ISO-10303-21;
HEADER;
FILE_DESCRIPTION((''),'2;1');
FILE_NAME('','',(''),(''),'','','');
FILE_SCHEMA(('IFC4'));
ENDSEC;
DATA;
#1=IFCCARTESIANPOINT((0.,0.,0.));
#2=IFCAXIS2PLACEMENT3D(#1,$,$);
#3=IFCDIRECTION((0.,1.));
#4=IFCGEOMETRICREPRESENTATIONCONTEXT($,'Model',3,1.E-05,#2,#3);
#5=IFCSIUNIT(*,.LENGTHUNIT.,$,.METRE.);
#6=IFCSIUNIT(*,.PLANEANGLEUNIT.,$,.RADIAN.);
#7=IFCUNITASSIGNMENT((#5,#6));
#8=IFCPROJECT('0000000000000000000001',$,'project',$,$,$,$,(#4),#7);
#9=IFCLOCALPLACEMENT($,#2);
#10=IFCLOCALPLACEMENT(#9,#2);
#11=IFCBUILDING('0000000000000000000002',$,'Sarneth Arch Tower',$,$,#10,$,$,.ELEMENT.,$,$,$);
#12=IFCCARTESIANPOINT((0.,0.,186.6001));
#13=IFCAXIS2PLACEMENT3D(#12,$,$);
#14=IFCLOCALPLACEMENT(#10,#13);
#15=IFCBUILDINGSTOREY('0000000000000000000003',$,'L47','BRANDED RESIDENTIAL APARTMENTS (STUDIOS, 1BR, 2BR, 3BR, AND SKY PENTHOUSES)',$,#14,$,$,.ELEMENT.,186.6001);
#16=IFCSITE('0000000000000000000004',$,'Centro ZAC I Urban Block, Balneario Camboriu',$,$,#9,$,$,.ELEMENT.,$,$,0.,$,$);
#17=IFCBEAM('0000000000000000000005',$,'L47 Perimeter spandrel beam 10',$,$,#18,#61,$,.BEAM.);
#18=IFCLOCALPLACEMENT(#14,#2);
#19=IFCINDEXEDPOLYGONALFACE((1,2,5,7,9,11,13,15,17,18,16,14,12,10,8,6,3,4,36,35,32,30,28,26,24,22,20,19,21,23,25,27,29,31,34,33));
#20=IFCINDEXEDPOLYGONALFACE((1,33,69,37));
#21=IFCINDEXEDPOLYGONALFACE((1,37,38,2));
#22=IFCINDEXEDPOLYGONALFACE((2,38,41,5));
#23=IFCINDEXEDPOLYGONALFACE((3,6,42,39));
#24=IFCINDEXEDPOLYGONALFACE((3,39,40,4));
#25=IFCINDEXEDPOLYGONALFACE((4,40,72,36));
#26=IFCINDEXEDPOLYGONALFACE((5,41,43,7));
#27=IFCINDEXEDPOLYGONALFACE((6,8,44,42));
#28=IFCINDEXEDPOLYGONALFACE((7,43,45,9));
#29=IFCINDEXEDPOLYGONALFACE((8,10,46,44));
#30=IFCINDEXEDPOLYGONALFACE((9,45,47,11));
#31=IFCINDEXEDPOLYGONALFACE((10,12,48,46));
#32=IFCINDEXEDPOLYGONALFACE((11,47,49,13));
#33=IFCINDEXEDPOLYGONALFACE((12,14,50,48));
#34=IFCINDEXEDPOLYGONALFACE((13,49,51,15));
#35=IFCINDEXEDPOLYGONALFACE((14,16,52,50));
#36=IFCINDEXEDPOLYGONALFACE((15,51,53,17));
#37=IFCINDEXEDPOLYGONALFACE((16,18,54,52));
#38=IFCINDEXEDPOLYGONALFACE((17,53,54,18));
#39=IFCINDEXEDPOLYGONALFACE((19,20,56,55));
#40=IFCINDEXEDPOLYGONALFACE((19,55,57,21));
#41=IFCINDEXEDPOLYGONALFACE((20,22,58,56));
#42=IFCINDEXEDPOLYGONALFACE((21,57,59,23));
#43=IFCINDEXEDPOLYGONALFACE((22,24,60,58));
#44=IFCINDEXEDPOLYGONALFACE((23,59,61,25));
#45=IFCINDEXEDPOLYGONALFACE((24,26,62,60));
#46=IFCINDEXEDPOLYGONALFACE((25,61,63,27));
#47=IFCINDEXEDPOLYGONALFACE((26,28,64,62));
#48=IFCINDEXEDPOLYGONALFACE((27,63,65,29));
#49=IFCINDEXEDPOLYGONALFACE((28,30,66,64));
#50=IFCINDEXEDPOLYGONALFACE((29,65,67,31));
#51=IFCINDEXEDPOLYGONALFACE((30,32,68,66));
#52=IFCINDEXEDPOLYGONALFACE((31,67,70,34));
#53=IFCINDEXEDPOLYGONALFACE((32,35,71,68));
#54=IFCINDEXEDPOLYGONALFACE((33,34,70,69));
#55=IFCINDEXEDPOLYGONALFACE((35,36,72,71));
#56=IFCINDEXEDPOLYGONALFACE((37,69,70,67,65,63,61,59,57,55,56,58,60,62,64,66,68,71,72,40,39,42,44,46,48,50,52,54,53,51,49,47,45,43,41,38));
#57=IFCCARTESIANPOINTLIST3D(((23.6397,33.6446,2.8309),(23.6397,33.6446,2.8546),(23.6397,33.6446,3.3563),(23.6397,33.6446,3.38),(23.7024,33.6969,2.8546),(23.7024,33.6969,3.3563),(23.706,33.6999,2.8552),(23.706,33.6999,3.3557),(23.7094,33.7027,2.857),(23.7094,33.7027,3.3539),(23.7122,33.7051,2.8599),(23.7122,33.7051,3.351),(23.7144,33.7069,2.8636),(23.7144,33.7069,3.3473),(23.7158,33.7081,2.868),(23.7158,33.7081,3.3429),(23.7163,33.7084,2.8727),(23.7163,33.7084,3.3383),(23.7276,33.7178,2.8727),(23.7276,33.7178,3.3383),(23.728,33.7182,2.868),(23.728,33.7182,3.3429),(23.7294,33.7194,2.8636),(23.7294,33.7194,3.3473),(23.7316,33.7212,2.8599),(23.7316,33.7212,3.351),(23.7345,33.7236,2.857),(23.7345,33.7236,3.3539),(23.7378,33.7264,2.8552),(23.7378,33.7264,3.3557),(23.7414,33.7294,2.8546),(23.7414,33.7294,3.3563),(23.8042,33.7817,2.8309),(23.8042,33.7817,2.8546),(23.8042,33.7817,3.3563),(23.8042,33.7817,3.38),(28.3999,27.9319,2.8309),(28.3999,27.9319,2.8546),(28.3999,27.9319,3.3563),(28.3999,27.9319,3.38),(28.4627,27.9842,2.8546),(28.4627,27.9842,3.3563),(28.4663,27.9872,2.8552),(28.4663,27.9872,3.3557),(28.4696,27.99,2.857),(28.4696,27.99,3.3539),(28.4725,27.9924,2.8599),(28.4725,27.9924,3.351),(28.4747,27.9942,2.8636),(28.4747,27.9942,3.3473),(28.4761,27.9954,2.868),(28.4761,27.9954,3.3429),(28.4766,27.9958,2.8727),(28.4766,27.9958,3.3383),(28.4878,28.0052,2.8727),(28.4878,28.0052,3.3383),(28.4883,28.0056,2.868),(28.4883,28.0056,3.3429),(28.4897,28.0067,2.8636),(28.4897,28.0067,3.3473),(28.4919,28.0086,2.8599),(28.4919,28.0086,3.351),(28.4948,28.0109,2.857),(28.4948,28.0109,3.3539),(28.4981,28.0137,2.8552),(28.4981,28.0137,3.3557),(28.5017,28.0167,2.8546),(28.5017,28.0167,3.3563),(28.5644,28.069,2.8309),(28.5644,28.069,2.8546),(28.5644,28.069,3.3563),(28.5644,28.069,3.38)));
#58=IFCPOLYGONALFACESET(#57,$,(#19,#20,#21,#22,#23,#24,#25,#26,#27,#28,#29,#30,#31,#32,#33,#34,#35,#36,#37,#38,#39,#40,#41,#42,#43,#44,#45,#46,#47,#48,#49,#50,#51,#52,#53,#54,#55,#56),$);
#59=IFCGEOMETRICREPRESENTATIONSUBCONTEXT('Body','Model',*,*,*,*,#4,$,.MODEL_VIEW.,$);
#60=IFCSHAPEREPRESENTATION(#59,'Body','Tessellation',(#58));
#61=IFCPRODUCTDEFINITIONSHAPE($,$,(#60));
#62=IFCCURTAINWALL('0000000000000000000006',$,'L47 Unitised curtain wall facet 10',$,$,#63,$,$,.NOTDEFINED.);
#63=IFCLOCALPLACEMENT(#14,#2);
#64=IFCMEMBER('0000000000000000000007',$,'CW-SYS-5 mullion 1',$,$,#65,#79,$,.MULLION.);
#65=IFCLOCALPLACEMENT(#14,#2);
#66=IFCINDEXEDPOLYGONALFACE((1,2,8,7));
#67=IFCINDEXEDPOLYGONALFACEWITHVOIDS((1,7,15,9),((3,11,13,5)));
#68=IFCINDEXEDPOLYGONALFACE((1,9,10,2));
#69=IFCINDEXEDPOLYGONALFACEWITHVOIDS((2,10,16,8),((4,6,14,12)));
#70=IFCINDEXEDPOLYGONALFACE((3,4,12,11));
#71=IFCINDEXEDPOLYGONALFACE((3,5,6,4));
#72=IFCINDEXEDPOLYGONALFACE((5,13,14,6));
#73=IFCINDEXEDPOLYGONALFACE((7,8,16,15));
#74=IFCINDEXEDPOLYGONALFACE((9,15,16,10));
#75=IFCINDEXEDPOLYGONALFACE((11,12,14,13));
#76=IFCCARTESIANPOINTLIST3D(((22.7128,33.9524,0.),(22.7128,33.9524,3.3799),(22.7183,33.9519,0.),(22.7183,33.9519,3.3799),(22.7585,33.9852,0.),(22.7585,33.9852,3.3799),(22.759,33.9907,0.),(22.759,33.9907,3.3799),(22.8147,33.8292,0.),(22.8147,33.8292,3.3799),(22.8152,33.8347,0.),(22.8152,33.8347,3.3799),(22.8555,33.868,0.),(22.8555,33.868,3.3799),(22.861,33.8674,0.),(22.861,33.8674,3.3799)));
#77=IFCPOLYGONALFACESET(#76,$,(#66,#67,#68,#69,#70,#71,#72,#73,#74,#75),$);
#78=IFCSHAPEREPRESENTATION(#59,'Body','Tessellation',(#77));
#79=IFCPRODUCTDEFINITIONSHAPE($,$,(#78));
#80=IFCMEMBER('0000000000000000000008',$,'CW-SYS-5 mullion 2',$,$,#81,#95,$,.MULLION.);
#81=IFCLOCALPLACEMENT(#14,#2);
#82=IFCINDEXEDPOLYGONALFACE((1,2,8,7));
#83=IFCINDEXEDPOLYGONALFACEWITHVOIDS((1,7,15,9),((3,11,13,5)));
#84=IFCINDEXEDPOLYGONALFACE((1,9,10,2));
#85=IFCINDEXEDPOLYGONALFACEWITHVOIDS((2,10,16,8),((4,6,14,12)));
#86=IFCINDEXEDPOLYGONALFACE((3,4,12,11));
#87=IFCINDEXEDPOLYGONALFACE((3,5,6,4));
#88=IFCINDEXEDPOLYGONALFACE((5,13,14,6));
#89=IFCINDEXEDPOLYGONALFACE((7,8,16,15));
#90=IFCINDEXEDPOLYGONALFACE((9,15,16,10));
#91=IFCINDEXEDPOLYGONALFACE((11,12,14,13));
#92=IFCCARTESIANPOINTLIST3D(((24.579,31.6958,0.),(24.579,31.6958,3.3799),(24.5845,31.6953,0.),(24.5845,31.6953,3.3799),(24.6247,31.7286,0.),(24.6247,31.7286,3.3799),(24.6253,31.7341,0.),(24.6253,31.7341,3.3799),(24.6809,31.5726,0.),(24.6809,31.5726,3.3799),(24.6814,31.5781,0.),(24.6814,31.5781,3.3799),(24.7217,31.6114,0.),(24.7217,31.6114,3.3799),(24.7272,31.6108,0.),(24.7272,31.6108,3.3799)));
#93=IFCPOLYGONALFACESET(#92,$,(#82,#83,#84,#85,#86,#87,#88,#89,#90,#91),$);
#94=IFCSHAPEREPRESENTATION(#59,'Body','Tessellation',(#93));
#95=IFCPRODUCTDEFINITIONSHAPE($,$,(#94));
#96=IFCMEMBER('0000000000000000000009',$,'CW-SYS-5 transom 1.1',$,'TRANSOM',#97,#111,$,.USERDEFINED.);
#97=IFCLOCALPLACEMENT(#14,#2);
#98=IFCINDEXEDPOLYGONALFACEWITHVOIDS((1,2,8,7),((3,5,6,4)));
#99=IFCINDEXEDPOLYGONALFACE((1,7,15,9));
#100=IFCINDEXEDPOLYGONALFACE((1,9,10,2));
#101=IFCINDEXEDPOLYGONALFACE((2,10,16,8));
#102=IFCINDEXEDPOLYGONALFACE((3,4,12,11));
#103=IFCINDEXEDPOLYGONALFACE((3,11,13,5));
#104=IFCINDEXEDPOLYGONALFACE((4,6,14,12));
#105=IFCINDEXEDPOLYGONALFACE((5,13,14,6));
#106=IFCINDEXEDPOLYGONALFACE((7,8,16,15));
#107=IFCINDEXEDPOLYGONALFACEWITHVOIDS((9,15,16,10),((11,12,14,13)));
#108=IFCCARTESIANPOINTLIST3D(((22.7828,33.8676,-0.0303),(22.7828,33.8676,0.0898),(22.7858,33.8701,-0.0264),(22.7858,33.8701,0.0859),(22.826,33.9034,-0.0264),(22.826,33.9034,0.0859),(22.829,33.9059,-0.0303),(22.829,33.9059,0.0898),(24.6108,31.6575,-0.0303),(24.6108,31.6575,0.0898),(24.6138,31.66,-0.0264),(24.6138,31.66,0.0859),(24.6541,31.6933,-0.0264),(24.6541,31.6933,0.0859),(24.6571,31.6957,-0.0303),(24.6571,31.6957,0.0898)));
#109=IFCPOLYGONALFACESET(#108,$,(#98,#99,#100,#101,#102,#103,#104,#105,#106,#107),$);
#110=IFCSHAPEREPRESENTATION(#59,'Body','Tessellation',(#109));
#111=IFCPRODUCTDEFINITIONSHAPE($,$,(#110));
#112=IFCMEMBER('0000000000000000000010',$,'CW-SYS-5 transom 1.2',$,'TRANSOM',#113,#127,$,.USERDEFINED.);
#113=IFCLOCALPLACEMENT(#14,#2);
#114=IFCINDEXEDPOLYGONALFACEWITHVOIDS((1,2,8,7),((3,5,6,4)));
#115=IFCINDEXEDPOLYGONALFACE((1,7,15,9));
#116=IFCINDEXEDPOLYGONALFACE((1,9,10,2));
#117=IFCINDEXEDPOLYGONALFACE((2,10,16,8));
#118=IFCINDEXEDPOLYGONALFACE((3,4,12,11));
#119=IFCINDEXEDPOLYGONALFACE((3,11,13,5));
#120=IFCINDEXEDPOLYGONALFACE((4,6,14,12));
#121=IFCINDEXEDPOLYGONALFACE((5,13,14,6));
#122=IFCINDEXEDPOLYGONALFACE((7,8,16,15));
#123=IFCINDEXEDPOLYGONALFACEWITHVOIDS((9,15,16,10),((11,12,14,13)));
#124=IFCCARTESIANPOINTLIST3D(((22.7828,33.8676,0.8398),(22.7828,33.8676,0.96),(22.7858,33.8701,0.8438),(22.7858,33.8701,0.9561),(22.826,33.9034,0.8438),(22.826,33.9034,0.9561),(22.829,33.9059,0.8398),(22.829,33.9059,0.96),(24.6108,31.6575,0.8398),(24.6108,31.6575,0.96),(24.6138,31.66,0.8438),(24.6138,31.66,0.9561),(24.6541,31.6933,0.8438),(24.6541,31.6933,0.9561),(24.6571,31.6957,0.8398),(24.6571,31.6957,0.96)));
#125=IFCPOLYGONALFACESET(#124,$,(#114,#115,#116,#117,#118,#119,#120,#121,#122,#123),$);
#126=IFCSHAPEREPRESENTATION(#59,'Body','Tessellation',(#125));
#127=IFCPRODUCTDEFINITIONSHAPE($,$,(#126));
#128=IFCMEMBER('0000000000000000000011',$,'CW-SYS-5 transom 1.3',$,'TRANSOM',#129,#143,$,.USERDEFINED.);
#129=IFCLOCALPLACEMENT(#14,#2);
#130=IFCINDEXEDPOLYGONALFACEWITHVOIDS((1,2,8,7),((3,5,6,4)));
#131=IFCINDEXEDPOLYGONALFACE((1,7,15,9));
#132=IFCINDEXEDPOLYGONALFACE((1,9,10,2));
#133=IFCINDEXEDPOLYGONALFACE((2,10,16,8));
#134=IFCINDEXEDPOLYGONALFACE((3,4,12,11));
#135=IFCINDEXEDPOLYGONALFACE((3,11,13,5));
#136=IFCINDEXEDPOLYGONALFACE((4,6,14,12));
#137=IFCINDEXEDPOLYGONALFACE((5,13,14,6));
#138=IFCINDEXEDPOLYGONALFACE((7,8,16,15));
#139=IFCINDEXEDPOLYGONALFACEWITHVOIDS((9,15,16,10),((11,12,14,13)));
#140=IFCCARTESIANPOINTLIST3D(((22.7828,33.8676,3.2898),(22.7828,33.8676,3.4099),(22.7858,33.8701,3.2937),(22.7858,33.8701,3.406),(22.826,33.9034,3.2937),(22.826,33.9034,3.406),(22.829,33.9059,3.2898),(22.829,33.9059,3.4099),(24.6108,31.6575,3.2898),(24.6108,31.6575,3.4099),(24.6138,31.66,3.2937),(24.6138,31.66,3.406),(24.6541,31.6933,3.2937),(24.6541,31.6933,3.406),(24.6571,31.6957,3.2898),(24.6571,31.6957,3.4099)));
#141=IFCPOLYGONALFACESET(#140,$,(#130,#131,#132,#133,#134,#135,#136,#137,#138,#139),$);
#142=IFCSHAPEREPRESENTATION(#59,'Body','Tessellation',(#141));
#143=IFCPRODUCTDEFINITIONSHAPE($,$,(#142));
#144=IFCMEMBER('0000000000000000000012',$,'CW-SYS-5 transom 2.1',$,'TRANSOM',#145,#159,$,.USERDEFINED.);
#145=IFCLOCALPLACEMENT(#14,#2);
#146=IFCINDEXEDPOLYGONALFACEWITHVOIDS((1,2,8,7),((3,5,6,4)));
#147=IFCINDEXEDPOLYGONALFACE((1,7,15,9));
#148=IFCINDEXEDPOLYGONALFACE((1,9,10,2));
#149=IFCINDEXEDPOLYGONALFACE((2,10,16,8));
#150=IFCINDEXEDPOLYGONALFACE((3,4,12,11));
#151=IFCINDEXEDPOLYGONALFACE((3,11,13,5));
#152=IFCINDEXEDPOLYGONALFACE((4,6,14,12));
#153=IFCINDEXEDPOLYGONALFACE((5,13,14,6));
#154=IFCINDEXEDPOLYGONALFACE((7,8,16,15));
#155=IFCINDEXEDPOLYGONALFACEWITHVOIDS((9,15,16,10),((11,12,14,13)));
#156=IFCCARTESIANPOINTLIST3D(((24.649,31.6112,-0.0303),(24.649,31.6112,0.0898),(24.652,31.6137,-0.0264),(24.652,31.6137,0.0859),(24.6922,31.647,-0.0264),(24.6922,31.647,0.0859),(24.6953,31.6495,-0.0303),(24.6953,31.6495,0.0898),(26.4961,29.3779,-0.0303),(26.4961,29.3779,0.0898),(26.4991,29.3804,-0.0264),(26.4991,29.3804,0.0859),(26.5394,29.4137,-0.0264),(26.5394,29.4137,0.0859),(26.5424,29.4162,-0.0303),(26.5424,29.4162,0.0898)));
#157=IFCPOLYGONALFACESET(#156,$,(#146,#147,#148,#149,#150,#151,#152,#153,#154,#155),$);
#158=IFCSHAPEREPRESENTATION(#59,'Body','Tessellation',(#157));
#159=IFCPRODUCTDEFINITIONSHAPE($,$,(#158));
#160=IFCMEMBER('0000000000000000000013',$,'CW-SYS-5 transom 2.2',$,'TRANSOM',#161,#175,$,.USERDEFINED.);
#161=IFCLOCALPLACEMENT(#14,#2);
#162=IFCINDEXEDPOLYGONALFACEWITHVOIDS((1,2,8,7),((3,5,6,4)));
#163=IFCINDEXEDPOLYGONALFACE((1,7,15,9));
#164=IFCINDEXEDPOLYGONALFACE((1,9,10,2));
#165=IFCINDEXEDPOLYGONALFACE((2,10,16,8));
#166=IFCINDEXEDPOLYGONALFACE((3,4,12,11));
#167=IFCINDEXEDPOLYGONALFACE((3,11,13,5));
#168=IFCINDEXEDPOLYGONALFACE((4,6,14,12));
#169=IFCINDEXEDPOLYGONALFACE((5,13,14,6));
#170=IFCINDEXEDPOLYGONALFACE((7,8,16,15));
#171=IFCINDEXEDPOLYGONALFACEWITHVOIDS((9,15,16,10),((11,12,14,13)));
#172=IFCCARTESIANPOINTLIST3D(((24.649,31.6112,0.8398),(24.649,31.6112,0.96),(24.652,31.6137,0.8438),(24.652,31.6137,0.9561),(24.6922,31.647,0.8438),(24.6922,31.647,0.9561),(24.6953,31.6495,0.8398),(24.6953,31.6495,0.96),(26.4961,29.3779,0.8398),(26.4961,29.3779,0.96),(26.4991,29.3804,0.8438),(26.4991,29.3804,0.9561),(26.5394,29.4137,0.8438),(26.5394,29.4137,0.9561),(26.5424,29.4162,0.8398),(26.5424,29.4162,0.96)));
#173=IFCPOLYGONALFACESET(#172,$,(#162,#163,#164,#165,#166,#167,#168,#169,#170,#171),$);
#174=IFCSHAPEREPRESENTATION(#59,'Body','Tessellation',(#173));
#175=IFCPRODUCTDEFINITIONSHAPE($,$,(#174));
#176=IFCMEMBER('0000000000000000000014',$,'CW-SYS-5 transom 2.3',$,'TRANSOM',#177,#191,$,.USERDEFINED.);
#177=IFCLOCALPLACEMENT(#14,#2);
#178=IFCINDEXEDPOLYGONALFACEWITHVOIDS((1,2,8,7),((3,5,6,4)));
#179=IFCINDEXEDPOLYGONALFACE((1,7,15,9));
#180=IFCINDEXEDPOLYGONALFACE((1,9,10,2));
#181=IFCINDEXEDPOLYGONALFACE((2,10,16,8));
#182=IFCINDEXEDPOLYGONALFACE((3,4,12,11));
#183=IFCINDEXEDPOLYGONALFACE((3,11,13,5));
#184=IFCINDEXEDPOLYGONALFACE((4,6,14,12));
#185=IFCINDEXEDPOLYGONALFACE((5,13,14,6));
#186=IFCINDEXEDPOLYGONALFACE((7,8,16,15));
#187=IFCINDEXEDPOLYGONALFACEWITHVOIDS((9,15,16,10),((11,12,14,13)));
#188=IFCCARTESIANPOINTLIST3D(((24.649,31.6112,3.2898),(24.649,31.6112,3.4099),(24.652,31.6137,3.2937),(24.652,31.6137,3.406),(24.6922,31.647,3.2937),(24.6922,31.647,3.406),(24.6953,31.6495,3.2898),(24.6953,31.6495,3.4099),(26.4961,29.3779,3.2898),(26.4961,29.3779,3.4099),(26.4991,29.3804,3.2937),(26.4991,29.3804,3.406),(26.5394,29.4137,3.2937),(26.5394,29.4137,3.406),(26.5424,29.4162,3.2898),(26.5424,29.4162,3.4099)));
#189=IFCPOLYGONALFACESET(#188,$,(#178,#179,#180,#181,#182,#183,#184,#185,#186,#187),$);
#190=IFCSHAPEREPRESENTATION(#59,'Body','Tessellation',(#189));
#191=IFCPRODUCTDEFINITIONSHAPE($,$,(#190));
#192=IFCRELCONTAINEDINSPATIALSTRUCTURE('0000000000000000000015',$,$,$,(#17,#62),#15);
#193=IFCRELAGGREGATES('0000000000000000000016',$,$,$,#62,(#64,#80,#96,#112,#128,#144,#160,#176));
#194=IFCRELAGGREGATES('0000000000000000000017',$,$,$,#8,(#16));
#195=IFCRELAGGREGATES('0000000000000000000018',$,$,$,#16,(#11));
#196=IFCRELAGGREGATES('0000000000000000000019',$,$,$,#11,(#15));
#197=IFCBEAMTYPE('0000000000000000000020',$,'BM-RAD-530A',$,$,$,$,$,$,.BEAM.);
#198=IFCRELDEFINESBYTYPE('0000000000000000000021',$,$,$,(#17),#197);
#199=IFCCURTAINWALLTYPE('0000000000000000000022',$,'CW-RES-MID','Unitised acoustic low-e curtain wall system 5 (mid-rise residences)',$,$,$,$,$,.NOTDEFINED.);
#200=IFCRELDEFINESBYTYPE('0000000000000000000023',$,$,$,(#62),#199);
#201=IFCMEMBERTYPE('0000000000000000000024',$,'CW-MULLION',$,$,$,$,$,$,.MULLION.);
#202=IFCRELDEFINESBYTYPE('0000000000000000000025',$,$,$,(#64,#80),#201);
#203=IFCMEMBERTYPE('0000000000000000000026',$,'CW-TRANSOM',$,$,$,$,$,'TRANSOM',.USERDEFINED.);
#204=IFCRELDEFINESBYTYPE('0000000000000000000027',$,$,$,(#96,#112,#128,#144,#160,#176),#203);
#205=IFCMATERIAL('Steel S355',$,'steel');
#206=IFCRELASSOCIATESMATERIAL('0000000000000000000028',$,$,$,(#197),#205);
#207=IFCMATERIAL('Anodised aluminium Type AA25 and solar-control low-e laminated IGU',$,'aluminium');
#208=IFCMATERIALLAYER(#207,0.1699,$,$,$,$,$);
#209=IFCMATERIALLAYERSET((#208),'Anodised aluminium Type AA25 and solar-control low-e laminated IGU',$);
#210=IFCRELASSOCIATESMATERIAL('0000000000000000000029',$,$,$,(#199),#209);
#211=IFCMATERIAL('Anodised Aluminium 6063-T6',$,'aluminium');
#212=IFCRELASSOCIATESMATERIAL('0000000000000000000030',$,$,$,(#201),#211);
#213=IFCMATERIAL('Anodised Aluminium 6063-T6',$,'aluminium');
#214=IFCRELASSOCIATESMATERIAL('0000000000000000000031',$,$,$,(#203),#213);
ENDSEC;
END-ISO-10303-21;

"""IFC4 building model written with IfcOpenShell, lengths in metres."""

from ifc_helpers import new_model, si_unit, direction, frame, origin, origin_2d, place, context, subcontext, project, spatial, hollow_rectangle, i_section, extrude, material, layer, layer_set, material_profile, profile_set, type_object, element, aggregate, save


model = new_model("IFC4")

# Units and contexts
model_context = context("Model", 3, precision=1e-05, world=origin(), true_north=direction((0.0, 1.0)))
body_context = subcontext(model_context, "Body", "Model", "MODEL_VIEW")
ifc_project = project(units=[si_unit("LENGTHUNIT", "METRE"), si_unit("PLANEANGLEUNIT", "RADIAN")], contexts=[model_context])

# Site, building, storey
site_placement = place(None, origin())
site = spatial("IfcSite", under=ifc_project, at=site_placement, Name="Centro ZAC I Urban Block, Balneario Camboriu", CompositionType="ELEMENT", RefElevation=0.0)
building_placement = place(site_placement, origin())
building = spatial("IfcBuilding", under=site, at=building_placement, Name="Sarneth Arch Tower", CompositionType="ELEMENT")
storey_placement = place(building_placement, frame((0.0, 0.0, 186.6001)))
storey = spatial("IfcBuildingStorey", under=building, at=storey_placement, Name="L47", Description="BRANDED RESIDENTIAL APARTMENTS (STUDIOS, 1BR, 2BR, 3BR, AND SKY PENTHOUSES)", CompositionType="ELEMENT", Elevation=186.6001)

# Beam
ifc_material_1 = material(Name="Steel S355", Category="steel")
ifc_material_profile_1 = material_profile(ifc_material_1, i_section(OverallWidth=0.2141, OverallDepth=0.5491, WebThickness=0.0146, FlangeThickness=0.0237, FilletRadius=0.0181, at=origin_2d()), Name="W530x138")
ifc_profile_set_1 = profile_set([ifc_material_profile_1], Name="Steel S355")
beam_type_1 = type_object("IfcBeamType", Name="BM-RAD-530A", PredefinedType="BEAM", material=ifc_profile_set_1)
beam_1_placement = place(storey_placement, frame((23.7219, 33.7131, 3.1055), z_axis=(0.640162, -0.76824, 0.0), x_axis=(0.76824, 0.640162, 0.0)))
element("IfcBeam", 1, at=beam_1_placement, inside=storey, type_object=beam_type_1, Name="L47 Perimeter spandrel beam 10", PredefinedType="BEAM", context=body_context, shape_type="SweptSolid", body=[
    extrude(i_section(OverallWidth=0.2141, OverallDepth=0.5491, WebThickness=0.0146, FlangeThickness=0.0237, FilletRadius=0.0181, at=origin_2d()), origin(), (0.0, 0.0, 1.0), 7.436),
])

# Curtain wall, members
ifc_material_2 = material(Name="Anodised aluminium Type AA25 and solar-control low-e laminated IGU", Category="aluminium")
ifc_layer_1 = layer(ifc_material_2, 0.1699)
ifc_layer_set_1 = layer_set([ifc_layer_1], Name="Anodised aluminium Type AA25 and solar-control low-e laminated IGU")
curtain_wall_type = type_object("IfcCurtainWallType", Name="CW-RES-MID", Description="Unitised acoustic low-e curtain wall system 5 (mid-rise residences)", PredefinedType="NOTDEFINED", material=ifc_layer_set_1)
curtain_wall_placement = place(storey_placement, origin())
curtain_wall = element("IfcCurtainWall", 2, at=curtain_wall_placement, inside=storey, type_object=curtain_wall_type, Name="L47 Unitised curtain wall facet 10", PredefinedType="NOTDEFINED")
ifc_material_3 = material(Name="Anodised Aluminium 6063-T6", Category="aluminium")
ifc_material_profile_2 = material_profile(ifc_material_3, hollow_rectangle(XDim=0.0601, YDim=0.1599, WallThickness=0.0039, at=origin_2d()), Name="AL-MULL-160x60x4")
ifc_profile_set_2 = profile_set([ifc_material_profile_2], Name="Anodised Aluminium 6063-T6")
member_type_1 = type_object("IfcMemberType", Name="CW-MULLION", PredefinedType="MULLION", material=ifc_profile_set_2)
member_1_placement = place(storey_placement, frame((22.7869, 33.9099, 0.0), z_axis=(0.0, 0.0, 1.0), x_axis=(0.770591, 0.63733, 0.0)))
member_1 = element("IfcMember", 3, at=member_1_placement, type_object=member_type_1, Name="CW-SYS-5 mullion 1", PredefinedType="MULLION", context=body_context, shape_type="SweptSolid", body=[
    extrude(hollow_rectangle(XDim=0.0601, YDim=0.1599, WallThickness=0.0039, at=origin_2d()), origin(), (0.0, 0.0, 1.0), 3.3799),
])
member_2_placement = place(storey_placement, frame((24.6531, 31.6533, 0.0), z_axis=(0.0, 0.0, 1.0), x_axis=(0.770591, 0.63733, 0.0)))
member_2 = element("IfcMember", 4, at=member_2_placement, type_object=member_type_1, Name="CW-SYS-5 mullion 2", PredefinedType="MULLION", context=body_context, shape_type="SweptSolid", body=[
    extrude(hollow_rectangle(XDim=0.0601, YDim=0.1599, WallThickness=0.0039, at=origin_2d()), origin(), (0.0, 0.0, 1.0), 3.3799),
])
ifc_material_4 = material(Name="Anodised Aluminium 6063-T6", Category="aluminium")
ifc_material_profile_3 = material_profile(ifc_material_4, hollow_rectangle(XDim=0.0601, YDim=0.1201, WallThickness=0.0039, at=origin_2d()), Name="AL-TRAN-120x60x4")
ifc_profile_set_3 = profile_set([ifc_material_profile_3], Name="Anodised Aluminium 6063-T6")
member_type_2 = type_object("IfcMemberType", Name="CW-TRANSOM", ElementType="TRANSOM", PredefinedType="USERDEFINED", material=ifc_profile_set_3)
member_3_placement = place(storey_placement, frame((22.8059, 33.8867, 0.0298), z_axis=(0.637359, -0.770567, 0.0), x_axis=(0.770567, 0.637359, 0.0)))
member_3 = element("IfcMember", 5, at=member_3_placement, type_object=member_type_2, Name="CW-SYS-5 transom 1.1", ObjectType="TRANSOM", PredefinedType="USERDEFINED", context=body_context, shape_type="SweptSolid", body=[
    extrude(hollow_rectangle(XDim=0.0601, YDim=0.1201, WallThickness=0.0039, at=origin_2d()), origin(), (0.0, 0.0, 1.0), 2.8682),
])
member_4_placement = place(storey_placement, frame((22.8059, 33.8867, 0.8999), z_axis=(0.637359, -0.770567, 0.0), x_axis=(0.770567, 0.637359, 0.0)))
member_4 = element("IfcMember", 6, at=member_4_placement, type_object=member_type_2, Name="CW-SYS-5 transom 1.2", ObjectType="TRANSOM", PredefinedType="USERDEFINED", context=body_context, shape_type="SweptSolid", body=[
    extrude(hollow_rectangle(XDim=0.0601, YDim=0.1201, WallThickness=0.0039, at=origin_2d()), origin(), (0.0, 0.0, 1.0), 2.8682),
])
member_5_placement = place(storey_placement, frame((22.8059, 33.8867, 3.3499), z_axis=(0.637359, -0.770567, 0.0), x_axis=(0.770567, 0.637359, 0.0)))
member_5 = element("IfcMember", 7, at=member_5_placement, type_object=member_type_2, Name="CW-SYS-5 transom 1.3", ObjectType="TRANSOM", PredefinedType="USERDEFINED", context=body_context, shape_type="SweptSolid", body=[
    extrude(hollow_rectangle(XDim=0.0601, YDim=0.1201, WallThickness=0.0039, at=origin_2d()), origin(), (0.0, 0.0, 1.0), 2.8682),
])
member_6_placement = place(storey_placement, frame((24.6721, 31.6304, 0.0298), z_axis=(0.63733, -0.770591, 0.0), x_axis=(0.770591, 0.63733, 0.0)))
member_6 = element("IfcMember", 8, at=member_6_placement, type_object=member_type_2, Name="CW-SYS-5 transom 2.1", ObjectType="TRANSOM", PredefinedType="USERDEFINED", context=body_context, shape_type="SweptSolid", body=[
    extrude(hollow_rectangle(XDim=0.0601, YDim=0.1201, WallThickness=0.0039, at=origin_2d()), origin(), (0.0, 0.0, 1.0), 2.8982),
])
member_7_placement = place(storey_placement, frame((24.6721, 31.6304, 0.8999), z_axis=(0.63733, -0.770591, 0.0), x_axis=(0.770591, 0.63733, 0.0)))
member_7 = element("IfcMember", 9, at=member_7_placement, type_object=member_type_2, Name="CW-SYS-5 transom 2.2", ObjectType="TRANSOM", PredefinedType="USERDEFINED", context=body_context, shape_type="SweptSolid", body=[
    extrude(hollow_rectangle(XDim=0.0601, YDim=0.1201, WallThickness=0.0039, at=origin_2d()), origin(), (0.0, 0.0, 1.0), 2.8982),
])
member_8_placement = place(storey_placement, frame((24.6721, 31.6304, 3.3499), z_axis=(0.63733, -0.770591, 0.0), x_axis=(0.770591, 0.63733, 0.0)))
member_8 = element("IfcMember", 10, at=member_8_placement, type_object=member_type_2, Name="CW-SYS-5 transom 2.3", ObjectType="TRANSOM", PredefinedType="USERDEFINED", context=body_context, shape_type="SweptSolid", body=[
    extrude(hollow_rectangle(XDim=0.0601, YDim=0.1201, WallThickness=0.0039, at=origin_2d()), origin(), (0.0, 0.0, 1.0), 2.8982),
])
aggregate(curtain_wall, [member_1, member_2, member_3, member_4, member_5, member_6, member_7, member_8])

save(model, "model.ifc")
